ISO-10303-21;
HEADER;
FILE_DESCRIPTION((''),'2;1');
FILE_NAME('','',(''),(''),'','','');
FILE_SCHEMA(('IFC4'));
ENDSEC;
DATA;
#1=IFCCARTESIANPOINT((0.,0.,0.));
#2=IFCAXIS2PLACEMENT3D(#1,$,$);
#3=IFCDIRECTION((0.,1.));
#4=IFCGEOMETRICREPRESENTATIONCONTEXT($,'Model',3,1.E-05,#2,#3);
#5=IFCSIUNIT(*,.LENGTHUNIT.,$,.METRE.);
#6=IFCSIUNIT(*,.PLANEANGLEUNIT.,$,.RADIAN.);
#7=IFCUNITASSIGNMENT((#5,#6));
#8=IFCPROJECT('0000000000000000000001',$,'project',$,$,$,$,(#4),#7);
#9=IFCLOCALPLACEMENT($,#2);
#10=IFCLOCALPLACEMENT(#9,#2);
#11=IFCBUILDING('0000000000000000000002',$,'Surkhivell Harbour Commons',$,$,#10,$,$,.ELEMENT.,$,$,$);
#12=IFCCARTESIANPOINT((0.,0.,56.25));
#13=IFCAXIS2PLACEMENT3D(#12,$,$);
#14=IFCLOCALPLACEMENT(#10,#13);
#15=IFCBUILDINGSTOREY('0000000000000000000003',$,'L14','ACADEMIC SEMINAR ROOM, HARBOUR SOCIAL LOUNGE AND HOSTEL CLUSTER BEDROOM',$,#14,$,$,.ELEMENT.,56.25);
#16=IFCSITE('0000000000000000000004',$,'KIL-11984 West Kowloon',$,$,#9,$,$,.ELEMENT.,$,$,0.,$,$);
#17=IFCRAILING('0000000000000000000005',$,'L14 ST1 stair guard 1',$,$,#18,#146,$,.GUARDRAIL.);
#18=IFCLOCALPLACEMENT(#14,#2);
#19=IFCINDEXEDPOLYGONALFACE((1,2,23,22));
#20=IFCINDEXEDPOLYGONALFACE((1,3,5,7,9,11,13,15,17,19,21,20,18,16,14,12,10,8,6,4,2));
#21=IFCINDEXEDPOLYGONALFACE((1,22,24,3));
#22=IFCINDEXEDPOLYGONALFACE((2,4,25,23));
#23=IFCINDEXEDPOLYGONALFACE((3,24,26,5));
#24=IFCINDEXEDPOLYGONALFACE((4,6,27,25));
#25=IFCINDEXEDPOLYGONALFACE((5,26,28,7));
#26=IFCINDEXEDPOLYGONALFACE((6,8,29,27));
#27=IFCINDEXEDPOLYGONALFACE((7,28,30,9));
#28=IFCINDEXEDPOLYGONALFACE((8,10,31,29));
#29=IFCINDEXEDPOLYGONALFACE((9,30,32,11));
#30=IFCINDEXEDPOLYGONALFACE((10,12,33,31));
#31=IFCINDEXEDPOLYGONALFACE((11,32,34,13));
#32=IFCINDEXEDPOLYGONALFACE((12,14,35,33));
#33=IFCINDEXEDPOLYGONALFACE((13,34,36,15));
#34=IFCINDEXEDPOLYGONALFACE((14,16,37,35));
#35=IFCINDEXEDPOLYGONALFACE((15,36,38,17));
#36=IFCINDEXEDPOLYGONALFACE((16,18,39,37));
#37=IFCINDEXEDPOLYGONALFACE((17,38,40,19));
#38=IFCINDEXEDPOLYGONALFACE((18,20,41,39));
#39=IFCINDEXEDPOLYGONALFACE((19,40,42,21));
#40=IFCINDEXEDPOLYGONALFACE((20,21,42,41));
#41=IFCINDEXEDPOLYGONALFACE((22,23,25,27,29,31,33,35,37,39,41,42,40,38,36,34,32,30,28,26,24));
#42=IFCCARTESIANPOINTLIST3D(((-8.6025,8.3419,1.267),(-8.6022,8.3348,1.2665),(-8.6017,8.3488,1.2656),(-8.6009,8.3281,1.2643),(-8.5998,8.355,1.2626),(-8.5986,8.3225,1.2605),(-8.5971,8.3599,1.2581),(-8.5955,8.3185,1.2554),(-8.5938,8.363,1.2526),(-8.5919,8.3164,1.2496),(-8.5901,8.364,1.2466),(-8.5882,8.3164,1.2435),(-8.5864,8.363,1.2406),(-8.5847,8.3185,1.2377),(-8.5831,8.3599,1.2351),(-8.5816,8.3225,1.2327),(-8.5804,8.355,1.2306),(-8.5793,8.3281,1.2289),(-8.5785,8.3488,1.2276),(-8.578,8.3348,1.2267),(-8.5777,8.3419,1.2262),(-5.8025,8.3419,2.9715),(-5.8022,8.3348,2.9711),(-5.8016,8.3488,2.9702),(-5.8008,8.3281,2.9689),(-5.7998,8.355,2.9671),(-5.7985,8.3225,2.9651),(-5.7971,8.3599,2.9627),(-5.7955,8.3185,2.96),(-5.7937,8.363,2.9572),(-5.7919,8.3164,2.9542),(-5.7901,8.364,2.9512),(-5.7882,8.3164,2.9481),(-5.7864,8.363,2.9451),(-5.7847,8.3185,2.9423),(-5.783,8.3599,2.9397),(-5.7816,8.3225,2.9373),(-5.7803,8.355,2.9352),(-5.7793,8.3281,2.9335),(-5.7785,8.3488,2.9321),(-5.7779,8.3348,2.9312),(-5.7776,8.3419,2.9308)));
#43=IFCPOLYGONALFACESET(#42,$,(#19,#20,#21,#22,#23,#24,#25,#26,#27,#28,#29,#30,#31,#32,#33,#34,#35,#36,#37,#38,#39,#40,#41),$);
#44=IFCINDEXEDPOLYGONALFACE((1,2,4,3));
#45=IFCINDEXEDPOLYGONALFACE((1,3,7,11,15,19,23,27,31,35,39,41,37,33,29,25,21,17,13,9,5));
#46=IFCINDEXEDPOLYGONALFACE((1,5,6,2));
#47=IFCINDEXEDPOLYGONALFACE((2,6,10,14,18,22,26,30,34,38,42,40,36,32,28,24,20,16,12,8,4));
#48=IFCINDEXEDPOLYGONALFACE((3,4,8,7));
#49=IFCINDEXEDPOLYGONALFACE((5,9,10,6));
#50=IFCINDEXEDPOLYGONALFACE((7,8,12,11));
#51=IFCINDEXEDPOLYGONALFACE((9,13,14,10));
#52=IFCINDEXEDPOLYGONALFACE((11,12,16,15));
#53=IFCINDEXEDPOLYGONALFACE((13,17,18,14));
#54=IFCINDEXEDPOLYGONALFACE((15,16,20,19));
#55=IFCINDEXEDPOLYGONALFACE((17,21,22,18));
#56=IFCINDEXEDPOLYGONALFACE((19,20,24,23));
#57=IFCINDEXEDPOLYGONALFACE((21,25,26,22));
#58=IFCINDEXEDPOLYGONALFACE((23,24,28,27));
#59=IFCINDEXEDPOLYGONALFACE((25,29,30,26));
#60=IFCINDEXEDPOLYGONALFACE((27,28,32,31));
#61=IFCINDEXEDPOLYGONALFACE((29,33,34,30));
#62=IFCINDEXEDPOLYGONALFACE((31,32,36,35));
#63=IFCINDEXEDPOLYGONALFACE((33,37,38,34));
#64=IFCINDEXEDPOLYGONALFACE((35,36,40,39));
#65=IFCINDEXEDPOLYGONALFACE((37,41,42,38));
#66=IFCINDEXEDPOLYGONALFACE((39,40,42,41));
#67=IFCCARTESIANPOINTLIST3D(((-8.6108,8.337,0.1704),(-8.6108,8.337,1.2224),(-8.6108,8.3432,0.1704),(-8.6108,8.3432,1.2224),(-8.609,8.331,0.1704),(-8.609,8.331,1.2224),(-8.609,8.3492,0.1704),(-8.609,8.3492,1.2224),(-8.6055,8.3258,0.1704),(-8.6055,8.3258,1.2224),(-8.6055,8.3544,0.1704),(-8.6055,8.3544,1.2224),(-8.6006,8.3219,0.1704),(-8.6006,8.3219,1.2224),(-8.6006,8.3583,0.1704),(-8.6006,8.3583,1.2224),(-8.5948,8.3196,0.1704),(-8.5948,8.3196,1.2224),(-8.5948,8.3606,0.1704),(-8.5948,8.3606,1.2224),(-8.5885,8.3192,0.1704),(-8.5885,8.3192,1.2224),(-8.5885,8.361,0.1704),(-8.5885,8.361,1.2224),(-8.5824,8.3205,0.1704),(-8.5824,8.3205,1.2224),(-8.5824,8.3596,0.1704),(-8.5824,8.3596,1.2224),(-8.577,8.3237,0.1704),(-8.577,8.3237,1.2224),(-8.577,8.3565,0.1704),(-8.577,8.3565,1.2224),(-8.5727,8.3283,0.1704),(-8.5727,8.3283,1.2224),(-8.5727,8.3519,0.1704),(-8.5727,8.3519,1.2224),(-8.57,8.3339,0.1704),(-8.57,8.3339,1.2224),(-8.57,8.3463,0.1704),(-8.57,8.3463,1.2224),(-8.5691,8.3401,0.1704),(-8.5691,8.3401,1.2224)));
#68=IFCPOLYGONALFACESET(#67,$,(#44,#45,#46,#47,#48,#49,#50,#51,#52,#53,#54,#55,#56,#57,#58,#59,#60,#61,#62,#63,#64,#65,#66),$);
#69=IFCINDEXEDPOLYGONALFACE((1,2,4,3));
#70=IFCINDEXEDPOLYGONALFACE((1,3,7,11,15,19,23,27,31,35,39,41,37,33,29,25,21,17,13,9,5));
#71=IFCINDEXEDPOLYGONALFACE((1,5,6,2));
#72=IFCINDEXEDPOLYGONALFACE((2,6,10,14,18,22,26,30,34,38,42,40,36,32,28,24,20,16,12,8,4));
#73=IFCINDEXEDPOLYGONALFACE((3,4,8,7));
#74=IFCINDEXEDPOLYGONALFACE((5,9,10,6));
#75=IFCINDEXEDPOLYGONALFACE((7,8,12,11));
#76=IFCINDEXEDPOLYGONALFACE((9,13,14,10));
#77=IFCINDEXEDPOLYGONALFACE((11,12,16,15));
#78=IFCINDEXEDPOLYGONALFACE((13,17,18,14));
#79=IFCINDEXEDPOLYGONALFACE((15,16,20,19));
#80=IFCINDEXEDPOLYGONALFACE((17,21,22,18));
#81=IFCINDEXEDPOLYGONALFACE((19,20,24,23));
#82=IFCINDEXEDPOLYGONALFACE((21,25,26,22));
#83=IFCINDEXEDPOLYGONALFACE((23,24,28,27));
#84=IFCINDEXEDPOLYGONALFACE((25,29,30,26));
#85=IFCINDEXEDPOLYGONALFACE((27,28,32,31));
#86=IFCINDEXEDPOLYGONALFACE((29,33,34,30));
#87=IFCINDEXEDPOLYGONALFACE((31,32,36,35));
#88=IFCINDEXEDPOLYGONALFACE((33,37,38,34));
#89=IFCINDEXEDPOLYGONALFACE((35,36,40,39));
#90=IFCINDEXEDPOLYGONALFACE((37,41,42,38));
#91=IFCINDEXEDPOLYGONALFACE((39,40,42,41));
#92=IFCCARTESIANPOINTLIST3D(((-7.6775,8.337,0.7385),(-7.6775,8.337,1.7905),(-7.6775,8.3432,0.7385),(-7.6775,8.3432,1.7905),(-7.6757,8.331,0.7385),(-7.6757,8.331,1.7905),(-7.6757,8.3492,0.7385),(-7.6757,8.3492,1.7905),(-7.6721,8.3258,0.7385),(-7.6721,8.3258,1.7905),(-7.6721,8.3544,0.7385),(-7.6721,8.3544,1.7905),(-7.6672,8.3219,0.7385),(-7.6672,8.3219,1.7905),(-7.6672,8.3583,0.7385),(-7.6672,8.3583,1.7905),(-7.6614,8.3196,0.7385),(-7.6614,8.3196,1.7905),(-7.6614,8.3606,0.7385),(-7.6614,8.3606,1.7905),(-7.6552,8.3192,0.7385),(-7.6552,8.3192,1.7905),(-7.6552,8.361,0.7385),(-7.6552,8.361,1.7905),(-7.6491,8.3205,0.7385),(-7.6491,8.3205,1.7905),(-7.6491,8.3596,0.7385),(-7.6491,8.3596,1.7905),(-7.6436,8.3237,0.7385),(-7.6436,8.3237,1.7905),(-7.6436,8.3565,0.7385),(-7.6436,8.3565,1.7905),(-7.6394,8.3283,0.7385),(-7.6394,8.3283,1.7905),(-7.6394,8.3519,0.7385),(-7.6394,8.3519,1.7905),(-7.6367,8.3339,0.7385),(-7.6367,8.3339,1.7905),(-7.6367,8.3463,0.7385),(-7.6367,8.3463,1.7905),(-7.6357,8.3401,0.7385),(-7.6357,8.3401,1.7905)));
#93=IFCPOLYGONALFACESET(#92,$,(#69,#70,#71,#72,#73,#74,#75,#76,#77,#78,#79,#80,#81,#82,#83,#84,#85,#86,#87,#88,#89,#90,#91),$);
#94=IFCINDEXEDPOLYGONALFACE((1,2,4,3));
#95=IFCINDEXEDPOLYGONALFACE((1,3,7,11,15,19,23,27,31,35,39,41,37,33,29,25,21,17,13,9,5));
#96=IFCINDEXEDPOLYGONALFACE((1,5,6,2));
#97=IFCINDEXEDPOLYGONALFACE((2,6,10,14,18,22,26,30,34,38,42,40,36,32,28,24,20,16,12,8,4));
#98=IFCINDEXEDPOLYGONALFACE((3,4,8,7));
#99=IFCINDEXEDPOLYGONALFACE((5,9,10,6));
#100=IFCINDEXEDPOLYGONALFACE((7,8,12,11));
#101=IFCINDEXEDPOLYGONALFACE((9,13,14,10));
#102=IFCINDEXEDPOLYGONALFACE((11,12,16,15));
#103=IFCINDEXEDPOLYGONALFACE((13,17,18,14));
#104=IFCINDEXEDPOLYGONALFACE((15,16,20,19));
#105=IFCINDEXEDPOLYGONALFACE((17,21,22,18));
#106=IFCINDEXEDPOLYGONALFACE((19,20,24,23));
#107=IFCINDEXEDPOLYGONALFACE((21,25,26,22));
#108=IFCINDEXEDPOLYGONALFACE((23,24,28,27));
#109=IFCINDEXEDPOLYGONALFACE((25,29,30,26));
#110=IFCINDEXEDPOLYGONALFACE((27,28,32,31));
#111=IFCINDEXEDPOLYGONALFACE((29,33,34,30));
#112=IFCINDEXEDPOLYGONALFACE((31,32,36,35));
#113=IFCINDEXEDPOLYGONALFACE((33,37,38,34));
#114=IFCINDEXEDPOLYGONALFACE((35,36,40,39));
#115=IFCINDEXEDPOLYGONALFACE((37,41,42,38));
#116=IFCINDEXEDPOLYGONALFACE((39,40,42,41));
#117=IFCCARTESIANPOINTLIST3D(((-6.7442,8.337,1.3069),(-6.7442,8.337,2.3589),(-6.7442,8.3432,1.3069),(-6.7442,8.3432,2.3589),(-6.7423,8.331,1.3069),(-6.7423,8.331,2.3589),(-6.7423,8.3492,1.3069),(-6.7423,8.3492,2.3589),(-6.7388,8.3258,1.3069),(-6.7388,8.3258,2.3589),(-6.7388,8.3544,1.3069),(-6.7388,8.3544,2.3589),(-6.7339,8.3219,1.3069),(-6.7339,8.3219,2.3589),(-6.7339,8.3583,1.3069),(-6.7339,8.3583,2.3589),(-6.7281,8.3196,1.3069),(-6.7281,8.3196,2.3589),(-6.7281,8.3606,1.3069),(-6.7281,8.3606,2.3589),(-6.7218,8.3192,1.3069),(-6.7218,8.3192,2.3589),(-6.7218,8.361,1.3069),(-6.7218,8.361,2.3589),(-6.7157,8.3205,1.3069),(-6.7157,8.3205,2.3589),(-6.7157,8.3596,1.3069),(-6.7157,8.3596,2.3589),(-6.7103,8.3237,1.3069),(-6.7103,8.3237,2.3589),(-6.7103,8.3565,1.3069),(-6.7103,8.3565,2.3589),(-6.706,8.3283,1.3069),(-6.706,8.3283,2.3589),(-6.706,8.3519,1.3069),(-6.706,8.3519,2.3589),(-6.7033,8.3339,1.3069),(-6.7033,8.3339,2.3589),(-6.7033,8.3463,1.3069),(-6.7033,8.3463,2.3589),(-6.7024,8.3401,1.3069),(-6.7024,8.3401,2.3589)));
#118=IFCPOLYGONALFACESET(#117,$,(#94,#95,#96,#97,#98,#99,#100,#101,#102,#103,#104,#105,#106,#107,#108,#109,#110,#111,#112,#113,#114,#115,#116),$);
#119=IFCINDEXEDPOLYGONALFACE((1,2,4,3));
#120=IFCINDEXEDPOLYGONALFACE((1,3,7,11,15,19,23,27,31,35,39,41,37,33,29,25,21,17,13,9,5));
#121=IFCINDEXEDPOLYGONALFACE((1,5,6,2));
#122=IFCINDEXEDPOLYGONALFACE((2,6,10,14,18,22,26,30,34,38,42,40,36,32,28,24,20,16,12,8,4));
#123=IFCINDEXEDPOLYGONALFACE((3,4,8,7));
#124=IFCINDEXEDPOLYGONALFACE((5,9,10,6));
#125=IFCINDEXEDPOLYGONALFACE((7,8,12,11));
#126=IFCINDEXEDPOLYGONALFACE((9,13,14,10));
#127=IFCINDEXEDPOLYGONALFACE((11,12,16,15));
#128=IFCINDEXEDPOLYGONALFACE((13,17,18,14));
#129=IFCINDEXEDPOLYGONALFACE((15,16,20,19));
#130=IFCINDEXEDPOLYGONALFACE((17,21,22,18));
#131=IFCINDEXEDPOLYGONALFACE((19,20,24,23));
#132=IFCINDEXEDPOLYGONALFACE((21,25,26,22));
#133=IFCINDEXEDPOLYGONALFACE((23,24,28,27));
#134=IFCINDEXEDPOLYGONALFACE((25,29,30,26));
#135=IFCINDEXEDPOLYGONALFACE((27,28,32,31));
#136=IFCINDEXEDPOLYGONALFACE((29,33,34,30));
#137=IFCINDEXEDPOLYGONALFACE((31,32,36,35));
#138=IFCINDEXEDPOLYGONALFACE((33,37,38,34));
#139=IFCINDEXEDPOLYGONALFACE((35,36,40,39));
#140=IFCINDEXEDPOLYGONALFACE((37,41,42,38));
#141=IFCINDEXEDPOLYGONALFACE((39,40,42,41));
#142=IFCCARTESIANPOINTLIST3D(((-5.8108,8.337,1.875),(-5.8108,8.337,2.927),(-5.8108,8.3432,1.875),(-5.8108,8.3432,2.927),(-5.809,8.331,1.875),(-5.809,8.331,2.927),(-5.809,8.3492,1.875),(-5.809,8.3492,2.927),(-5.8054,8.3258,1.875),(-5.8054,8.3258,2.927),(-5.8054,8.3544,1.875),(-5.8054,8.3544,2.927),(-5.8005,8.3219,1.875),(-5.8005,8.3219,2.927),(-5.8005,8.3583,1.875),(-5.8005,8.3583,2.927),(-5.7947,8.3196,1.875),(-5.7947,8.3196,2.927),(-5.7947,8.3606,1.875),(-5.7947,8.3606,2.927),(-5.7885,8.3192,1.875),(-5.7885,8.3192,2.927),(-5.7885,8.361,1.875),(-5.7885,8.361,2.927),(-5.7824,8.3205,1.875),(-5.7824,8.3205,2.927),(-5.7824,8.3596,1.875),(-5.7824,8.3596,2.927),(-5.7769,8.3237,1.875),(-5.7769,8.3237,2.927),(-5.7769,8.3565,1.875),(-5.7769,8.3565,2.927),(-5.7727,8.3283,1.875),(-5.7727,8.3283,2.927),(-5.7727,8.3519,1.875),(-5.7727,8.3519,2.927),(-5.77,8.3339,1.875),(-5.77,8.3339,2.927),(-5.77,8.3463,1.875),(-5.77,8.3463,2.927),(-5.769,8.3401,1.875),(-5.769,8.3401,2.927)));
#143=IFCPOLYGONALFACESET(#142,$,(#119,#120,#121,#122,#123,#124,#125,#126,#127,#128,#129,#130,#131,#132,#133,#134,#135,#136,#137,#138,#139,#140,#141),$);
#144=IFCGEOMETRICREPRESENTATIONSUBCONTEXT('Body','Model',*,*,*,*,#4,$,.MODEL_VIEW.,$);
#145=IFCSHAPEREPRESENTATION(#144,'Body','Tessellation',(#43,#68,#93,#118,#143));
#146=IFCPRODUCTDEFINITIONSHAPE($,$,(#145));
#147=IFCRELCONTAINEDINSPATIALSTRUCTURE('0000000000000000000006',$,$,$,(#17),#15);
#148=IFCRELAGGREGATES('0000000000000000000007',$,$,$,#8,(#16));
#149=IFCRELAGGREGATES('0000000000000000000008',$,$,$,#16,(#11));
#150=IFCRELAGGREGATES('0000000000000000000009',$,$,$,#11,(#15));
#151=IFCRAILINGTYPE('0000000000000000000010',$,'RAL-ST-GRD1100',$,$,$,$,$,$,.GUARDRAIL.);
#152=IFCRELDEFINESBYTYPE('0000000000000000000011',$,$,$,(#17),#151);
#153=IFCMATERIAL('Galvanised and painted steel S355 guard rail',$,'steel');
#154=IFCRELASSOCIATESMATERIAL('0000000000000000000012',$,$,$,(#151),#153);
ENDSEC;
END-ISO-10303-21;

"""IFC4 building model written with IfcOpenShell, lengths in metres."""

from ifc_helpers import new_model, si_unit, direction, frame, origin, origin_2d, place, context, subcontext, project, spatial, circle, extrude, material, type_object, element, save


model = new_model("IFC4")

# Units and contexts
model_context = context("Model", 3, precision=1e-05, world=origin(), true_north=direction((0.0, 1.0)))
body_context = subcontext(model_context, "Body", "Model", "MODEL_VIEW")
ifc_project = project(units=[si_unit("LENGTHUNIT", "METRE"), si_unit("PLANEANGLEUNIT", "RADIAN")], contexts=[model_context])

# Site, building, storey
site_placement = place(None, origin())
site = spatial("IfcSite", under=ifc_project, at=site_placement, Name="KIL-11984 West Kowloon", CompositionType="ELEMENT", RefElevation=0.0)
building_placement = place(site_placement, origin())
building = spatial("IfcBuilding", under=site, at=building_placement, Name="Surkhivell Harbour Commons", CompositionType="ELEMENT")
storey_placement = place(building_placement, frame((0.0, 0.0, 56.25)))
storey = spatial("IfcBuildingStorey", under=building, at=storey_placement, Name="L14", Description="ACADEMIC SEMINAR ROOM, HARBOUR SOCIAL LOUNGE AND HOSTEL CLUSTER BEDROOM", CompositionType="ELEMENT", Elevation=56.25)

# Railing
ifc_material_1 = material(Name="Galvanised and painted steel S355 guard rail", Category="steel")
railing_type_1 = type_object("IfcRailingType", Name="RAL-ST-GRD1100", PredefinedType="GUARDRAIL", material=ifc_material_1)
railing_1_placement = place(storey_placement, frame((-8.5901, 8.3401, 0.1704)))
element("IfcRailing", 1, at=railing_1_placement, inside=storey, type_object=railing_type_1, Name="L14 ST1 stair guard 1", PredefinedType="GUARDRAIL", context=body_context, shape_type="SweptSolid", body=[
    extrude(circle(Radius=0.0239, at=origin_2d()), frame((0.0, 0.0, 1.0762), z_axis=(0.85417, 0.0, 0.519994), x_axis=(0.0, 1.0, 0.0)), (0.0, 0.0, 1.0), 3.2781),
    extrude(circle(Radius=0.021, at=origin_2d()), origin(), (0.0, 0.0, 1.0), 1.052),
    extrude(circle(Radius=0.021, at=origin_2d()), frame((0.9333, 0.0, 0.5681)), (0.0, 0.0, 1.0), 1.052),
    extrude(circle(Radius=0.021, at=origin_2d()), frame((1.8667, 0.0, 1.1365)), (0.0, 0.0, 1.0), 1.052),
    extrude(circle(Radius=0.021, at=origin_2d()), frame((2.8, 0.0, 1.7046)), (0.0, 0.0, 1.0), 1.052),
])

save(model, "model.ifc")
